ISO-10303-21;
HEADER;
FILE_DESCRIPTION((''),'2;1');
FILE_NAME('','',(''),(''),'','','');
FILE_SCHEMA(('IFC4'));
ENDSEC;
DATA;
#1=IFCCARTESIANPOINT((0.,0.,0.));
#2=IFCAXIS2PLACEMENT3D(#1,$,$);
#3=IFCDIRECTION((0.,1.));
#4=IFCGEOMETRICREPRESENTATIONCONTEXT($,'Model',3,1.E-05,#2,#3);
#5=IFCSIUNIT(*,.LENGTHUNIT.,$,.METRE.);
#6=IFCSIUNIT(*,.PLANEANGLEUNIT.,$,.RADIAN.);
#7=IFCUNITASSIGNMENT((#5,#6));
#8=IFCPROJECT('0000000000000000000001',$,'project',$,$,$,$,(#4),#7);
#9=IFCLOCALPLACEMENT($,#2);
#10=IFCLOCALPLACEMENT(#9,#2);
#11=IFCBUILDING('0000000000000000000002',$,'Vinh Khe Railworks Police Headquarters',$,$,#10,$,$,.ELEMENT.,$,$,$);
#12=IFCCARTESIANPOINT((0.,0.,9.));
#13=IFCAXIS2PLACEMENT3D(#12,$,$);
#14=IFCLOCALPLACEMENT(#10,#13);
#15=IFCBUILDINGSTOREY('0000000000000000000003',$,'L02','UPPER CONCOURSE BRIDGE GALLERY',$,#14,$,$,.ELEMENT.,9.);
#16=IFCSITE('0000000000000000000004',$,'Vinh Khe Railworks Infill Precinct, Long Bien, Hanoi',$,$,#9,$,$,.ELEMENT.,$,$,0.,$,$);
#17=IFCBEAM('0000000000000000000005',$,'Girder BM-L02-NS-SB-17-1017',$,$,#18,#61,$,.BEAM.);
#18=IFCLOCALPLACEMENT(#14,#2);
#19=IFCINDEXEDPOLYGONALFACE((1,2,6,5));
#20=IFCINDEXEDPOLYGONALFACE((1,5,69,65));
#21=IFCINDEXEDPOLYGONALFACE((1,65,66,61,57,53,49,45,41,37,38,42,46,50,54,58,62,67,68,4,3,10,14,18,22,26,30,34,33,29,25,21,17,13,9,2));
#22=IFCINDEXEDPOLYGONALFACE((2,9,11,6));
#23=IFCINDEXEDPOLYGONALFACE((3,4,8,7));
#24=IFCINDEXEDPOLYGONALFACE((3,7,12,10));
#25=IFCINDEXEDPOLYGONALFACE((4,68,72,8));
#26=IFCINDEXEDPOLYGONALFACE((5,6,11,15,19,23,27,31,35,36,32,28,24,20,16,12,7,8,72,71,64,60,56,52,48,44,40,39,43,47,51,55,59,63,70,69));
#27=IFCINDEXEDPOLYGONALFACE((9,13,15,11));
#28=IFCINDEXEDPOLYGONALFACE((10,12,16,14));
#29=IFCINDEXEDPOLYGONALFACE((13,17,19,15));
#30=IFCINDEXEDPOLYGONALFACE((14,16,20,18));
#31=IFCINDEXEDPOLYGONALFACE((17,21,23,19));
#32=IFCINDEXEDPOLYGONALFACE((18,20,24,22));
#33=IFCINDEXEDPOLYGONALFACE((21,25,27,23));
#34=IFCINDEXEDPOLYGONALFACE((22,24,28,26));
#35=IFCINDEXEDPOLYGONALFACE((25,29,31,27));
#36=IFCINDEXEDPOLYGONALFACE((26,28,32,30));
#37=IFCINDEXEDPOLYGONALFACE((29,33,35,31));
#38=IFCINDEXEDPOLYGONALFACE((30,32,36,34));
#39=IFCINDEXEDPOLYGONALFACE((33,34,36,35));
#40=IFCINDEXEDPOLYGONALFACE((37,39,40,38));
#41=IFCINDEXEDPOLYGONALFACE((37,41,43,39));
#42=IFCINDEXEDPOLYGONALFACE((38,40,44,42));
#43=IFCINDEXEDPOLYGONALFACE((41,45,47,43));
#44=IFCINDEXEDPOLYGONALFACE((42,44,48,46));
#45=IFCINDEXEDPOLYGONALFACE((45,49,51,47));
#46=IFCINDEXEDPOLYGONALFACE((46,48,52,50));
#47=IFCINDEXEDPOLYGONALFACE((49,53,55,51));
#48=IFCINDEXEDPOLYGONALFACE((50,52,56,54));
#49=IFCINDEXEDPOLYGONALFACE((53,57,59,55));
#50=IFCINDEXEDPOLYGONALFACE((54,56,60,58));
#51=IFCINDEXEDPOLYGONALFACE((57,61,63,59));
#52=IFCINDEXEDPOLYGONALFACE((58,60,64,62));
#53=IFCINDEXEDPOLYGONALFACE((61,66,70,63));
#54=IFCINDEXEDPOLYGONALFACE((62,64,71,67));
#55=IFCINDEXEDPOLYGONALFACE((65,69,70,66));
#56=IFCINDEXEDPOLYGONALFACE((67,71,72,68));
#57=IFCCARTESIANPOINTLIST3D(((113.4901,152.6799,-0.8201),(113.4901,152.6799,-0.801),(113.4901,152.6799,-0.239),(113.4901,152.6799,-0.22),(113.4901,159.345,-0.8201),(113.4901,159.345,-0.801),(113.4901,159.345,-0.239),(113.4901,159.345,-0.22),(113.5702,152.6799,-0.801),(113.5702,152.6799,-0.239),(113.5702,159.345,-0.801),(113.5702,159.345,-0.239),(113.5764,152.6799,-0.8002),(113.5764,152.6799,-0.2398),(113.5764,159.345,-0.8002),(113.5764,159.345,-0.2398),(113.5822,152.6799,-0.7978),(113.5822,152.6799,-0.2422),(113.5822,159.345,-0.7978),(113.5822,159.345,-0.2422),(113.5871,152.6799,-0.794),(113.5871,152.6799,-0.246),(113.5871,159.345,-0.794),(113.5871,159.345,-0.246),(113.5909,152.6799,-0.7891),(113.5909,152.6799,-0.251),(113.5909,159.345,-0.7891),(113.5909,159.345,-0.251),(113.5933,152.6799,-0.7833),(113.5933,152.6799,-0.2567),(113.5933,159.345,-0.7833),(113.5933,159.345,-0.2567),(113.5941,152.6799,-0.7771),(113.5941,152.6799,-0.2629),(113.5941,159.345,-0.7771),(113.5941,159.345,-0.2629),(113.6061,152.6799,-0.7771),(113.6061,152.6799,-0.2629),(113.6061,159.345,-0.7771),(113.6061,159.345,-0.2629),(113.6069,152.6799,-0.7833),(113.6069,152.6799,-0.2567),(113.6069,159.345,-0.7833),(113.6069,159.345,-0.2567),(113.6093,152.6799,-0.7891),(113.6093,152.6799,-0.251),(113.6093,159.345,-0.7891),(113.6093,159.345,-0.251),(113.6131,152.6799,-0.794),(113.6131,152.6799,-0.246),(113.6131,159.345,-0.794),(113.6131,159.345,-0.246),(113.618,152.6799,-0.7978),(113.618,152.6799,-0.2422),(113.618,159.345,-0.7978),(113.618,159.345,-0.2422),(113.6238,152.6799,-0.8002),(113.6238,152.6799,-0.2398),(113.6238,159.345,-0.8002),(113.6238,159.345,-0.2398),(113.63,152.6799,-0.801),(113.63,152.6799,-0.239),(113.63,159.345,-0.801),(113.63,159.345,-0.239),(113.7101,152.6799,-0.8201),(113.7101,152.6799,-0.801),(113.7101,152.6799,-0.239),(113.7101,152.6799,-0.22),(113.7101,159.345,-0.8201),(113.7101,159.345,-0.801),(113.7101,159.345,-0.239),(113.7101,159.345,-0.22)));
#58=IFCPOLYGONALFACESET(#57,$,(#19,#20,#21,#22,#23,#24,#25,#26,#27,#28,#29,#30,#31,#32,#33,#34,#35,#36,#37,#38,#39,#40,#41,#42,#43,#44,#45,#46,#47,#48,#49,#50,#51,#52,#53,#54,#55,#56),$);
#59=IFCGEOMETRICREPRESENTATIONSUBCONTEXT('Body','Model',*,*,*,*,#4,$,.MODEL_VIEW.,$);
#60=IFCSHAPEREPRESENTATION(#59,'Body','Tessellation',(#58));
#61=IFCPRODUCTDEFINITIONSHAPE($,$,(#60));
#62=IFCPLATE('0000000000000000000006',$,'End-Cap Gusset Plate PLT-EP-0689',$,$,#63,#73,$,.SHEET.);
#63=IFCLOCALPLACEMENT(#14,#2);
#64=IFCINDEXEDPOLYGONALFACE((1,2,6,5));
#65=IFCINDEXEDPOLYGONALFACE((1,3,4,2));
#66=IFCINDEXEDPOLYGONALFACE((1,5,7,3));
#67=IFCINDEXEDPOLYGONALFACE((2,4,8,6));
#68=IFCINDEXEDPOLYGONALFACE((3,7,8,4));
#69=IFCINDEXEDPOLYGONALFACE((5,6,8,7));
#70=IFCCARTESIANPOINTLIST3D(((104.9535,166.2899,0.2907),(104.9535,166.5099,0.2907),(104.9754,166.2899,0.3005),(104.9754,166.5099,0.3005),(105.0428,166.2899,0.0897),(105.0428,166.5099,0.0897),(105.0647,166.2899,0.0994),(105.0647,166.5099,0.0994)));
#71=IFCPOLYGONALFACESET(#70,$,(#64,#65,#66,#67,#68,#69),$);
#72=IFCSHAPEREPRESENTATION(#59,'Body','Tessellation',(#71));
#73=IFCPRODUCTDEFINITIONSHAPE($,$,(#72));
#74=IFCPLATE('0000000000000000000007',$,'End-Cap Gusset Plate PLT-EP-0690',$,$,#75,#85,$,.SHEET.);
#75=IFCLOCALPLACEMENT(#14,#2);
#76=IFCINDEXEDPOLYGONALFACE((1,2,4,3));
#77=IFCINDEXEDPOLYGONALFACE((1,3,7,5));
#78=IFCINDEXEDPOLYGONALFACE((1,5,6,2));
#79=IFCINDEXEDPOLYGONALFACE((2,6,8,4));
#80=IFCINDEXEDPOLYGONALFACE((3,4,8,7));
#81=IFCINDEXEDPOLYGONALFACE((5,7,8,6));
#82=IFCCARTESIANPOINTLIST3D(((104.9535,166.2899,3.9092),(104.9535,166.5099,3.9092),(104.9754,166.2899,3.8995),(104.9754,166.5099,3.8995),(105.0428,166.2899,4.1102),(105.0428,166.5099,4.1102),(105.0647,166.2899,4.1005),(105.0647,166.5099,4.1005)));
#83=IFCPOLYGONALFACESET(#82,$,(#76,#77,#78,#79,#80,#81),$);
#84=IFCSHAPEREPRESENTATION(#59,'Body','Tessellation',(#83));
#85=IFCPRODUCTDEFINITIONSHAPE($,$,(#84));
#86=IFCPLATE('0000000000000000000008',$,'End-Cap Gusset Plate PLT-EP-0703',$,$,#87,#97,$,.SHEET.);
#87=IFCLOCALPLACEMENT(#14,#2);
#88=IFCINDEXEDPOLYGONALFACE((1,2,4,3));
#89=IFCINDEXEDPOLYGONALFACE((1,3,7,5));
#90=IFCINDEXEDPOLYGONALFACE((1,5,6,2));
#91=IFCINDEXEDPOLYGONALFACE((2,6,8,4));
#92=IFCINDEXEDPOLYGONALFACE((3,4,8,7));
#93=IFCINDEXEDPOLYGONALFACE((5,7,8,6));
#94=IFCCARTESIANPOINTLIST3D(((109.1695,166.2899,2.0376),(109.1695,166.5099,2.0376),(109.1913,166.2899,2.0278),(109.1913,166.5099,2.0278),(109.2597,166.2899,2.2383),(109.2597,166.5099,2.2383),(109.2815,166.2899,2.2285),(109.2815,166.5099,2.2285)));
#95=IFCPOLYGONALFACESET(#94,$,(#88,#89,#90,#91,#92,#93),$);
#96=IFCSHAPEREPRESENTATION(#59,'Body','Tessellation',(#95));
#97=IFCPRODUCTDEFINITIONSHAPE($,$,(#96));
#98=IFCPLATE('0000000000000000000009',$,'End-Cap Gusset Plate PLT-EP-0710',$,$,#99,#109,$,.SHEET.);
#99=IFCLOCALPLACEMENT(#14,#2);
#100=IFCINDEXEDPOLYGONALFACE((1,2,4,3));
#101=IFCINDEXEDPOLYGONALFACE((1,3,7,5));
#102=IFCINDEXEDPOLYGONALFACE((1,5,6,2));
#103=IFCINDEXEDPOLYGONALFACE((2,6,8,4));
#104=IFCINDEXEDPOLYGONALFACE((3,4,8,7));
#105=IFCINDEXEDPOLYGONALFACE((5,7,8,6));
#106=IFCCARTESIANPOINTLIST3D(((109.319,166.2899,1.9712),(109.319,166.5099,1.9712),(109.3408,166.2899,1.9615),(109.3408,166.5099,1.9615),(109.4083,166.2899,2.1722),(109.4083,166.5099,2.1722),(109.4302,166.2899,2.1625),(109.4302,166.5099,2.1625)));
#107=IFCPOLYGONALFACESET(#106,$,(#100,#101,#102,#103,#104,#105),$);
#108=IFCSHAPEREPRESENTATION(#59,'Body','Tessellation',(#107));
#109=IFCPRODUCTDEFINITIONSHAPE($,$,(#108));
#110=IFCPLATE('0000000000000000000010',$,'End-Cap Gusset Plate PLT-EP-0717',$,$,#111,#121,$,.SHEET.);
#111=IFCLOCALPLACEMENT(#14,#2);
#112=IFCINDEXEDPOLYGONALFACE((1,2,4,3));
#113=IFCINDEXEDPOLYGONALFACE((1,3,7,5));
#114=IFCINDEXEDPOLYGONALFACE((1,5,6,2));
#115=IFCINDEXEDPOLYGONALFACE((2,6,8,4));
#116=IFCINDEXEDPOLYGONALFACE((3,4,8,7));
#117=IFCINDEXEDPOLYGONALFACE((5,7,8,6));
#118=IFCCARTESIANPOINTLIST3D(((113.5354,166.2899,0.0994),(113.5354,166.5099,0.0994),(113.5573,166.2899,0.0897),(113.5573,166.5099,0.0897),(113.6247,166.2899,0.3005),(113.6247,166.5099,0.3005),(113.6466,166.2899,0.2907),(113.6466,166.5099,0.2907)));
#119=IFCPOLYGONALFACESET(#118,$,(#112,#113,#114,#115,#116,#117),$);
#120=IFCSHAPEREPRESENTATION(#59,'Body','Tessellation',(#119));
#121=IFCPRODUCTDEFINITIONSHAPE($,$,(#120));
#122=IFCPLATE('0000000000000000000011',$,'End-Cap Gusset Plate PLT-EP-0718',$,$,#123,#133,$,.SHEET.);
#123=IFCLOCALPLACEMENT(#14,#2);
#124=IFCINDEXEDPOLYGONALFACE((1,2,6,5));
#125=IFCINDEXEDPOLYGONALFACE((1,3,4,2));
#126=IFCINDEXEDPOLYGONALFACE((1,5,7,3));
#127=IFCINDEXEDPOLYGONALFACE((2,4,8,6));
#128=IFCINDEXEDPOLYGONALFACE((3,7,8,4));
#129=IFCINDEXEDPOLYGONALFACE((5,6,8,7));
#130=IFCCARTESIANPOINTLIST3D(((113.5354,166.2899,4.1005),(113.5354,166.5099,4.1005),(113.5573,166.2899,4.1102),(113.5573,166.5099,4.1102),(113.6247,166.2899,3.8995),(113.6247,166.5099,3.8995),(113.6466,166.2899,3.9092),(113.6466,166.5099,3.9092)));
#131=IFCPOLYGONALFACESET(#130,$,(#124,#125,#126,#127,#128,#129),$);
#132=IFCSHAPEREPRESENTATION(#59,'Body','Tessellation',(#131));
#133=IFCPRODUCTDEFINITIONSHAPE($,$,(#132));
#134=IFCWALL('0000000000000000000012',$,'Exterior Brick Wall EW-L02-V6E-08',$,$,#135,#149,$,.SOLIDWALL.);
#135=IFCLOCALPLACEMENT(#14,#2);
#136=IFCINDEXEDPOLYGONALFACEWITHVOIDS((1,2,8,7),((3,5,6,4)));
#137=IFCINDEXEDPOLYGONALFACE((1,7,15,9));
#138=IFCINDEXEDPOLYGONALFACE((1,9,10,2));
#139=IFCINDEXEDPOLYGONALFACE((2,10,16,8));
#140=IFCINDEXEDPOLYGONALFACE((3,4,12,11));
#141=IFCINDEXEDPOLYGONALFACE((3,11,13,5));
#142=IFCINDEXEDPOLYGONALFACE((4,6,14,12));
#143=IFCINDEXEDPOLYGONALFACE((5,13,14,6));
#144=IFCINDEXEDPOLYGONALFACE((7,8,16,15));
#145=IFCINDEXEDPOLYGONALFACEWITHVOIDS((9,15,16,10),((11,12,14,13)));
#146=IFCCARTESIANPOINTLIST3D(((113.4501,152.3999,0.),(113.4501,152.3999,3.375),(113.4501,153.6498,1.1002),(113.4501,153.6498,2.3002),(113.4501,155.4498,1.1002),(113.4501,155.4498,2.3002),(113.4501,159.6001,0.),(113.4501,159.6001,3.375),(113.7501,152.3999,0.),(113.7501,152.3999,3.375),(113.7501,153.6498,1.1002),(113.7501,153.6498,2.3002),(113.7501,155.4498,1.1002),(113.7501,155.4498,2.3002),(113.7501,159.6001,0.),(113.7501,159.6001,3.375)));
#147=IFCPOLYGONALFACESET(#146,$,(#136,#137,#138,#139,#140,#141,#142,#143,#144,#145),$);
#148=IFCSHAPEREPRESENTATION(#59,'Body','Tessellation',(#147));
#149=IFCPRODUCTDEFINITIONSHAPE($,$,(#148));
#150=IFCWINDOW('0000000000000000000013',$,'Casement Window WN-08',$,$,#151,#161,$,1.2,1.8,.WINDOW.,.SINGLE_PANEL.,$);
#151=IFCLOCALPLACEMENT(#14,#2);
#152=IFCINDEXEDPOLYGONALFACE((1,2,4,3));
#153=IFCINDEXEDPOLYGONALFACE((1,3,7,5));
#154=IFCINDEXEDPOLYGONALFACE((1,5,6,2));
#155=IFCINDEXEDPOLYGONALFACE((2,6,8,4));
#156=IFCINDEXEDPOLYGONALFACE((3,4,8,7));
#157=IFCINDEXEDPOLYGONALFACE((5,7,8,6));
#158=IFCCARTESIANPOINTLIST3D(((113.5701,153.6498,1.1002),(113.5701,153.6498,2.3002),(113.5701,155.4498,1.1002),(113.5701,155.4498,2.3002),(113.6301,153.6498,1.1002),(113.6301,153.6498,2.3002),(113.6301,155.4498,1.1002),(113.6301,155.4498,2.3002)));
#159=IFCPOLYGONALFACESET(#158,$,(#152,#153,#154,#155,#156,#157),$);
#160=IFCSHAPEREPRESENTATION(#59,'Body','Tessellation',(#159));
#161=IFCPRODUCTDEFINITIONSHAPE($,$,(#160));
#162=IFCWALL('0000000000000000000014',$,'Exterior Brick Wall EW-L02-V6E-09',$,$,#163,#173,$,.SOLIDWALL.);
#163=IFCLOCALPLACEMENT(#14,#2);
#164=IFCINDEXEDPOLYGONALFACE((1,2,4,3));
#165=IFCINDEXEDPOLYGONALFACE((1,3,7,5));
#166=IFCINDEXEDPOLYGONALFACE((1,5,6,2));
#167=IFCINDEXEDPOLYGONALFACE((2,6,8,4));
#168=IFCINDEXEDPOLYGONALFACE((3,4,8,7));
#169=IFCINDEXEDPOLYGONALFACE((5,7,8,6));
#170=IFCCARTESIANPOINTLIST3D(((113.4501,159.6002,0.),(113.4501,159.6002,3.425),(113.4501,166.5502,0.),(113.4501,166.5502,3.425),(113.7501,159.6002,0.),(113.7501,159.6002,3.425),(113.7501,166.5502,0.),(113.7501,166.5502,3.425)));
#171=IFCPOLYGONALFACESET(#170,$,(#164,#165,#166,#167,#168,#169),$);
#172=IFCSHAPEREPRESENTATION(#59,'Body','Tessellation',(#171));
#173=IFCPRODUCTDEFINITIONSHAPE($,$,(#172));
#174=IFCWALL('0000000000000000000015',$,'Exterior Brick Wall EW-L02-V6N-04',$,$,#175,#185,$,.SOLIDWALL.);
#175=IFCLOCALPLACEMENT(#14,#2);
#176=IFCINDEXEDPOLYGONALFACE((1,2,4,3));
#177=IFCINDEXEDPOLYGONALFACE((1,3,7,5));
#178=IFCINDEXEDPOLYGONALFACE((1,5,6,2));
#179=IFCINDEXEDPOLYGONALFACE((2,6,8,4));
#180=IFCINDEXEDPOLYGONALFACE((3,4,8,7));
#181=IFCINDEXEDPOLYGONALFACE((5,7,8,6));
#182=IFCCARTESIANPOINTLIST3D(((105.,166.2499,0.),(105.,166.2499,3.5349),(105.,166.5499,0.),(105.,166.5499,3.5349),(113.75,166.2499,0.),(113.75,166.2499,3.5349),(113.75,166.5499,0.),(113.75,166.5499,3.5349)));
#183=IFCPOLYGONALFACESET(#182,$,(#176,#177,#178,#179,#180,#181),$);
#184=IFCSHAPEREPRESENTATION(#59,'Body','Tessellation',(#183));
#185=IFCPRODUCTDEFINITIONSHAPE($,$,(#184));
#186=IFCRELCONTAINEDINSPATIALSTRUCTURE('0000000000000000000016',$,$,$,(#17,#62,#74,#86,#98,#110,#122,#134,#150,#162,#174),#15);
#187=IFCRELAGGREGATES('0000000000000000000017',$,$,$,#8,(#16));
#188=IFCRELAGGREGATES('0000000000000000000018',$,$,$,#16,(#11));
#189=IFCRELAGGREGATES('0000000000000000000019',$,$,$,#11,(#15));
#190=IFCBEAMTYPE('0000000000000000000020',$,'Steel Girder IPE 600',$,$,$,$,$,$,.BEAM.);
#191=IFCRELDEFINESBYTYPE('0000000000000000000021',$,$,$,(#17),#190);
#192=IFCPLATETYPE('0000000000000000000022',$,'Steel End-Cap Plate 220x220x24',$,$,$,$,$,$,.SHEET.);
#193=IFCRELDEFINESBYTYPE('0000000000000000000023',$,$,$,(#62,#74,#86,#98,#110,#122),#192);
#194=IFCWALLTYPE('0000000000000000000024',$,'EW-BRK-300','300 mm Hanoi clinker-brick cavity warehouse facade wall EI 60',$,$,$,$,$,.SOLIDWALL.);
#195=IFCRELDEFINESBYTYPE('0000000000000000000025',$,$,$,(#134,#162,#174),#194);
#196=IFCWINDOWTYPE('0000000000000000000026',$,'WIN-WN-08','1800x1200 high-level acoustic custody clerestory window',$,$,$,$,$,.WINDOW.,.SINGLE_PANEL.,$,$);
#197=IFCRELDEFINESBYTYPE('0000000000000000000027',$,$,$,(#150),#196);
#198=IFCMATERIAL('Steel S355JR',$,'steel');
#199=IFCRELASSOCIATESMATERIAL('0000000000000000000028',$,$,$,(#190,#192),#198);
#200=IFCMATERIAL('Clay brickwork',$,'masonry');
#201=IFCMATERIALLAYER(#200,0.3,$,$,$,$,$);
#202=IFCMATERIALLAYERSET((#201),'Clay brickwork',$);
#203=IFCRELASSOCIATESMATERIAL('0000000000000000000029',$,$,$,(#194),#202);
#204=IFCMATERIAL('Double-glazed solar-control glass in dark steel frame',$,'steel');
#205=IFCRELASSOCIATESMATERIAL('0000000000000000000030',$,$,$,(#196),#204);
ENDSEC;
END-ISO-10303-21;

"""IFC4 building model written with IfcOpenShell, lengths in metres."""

from ifc_helpers import new_model, si_unit, direction, frame, frame_2d, origin, origin_2d, place, context, subcontext, project, spatial, rectangle, i_section, extrude, material, layer, layer_set, material_profile, profile_set, type_object, element, fill, save


model = new_model("IFC4")

# Units and contexts
model_context = context("Model", 3, precision=1e-05, world=origin(), true_north=direction((0.0, 1.0)))
body_context = subcontext(model_context, "Body", "Model", "MODEL_VIEW")
ifc_project = project(units=[si_unit("LENGTHUNIT", "METRE"), si_unit("PLANEANGLEUNIT", "RADIAN")], contexts=[model_context])

# Site, building, storey
site_placement = place(None, origin())
site = spatial("IfcSite", under=ifc_project, at=site_placement, Name="Vinh Khe Railworks Infill Precinct, Long Bien, Hanoi", CompositionType="ELEMENT", RefElevation=0.0)
building_placement = place(site_placement, origin())
building = spatial("IfcBuilding", under=site, at=building_placement, Name="Vinh Khe Railworks Police Headquarters", CompositionType="ELEMENT")
storey_placement = place(building_placement, frame((0.0, 0.0, 9.0)))
storey = spatial("IfcBuildingStorey", under=building, at=storey_placement, Name="L02", Description="UPPER CONCOURSE BRIDGE GALLERY", CompositionType="ELEMENT", Elevation=9.0)

# Shared definitions
ifc_material_1 = material(Name="Steel S355JR", Category="steel")

# Beam
ifc_material_profile_1 = material_profile(ifc_material_1, i_section(OverallWidth=0.22, OverallDepth=0.6001, WebThickness=0.012, FlangeThickness=0.019, FilletRadius=0.0239, at=origin_2d()), Name="IPE 600")
ifc_profile_set_1 = profile_set([ifc_material_profile_1], Name="Steel S355JR")
beam_type_1 = type_object("IfcBeamType", Name="Steel Girder IPE 600", PredefinedType="BEAM", material=ifc_profile_set_1)
beam_1_placement = place(storey_placement, frame((113.6001, 152.6799, -0.52), z_axis=(0.0, 1.0, 0.0), x_axis=(-1.0, 0.0, 0.0)))
element("IfcBeam", 1, at=beam_1_placement, inside=storey, type_object=beam_type_1, Name="Girder BM-L02-NS-SB-17-1017", PredefinedType="BEAM", context=body_context, shape_type="SweptSolid", body=[
    extrude(i_section(OverallWidth=0.22, OverallDepth=0.6001, WebThickness=0.012, FlangeThickness=0.019, FilletRadius=0.0239, at=origin_2d()), origin(), (0.0, 0.0, 1.0), 6.665),
])

# Plates
ifc_material_profile_2 = material_profile(ifc_material_1, rectangle(XDim=0.22, YDim=0.22, at=origin_2d()), Name="PL 220x220")
ifc_profile_set_2 = profile_set([ifc_material_profile_2], Name="Steel S355JR")
plate_type = type_object("IfcPlateType", Name="Steel End-Cap Plate 220x220x24", PredefinedType="SHEET", material=ifc_profile_set_2)
for number, where, z_axis, x_axis, name in (
    (2, (105.02, 166.3999, 0.2), (-0.913812, 0.0, -0.406138), (0.0, -1.0, 0.0), "End-Cap Gusset Plate PLT-EP-0689"),
    (3, (105.02, 166.3999, 4.0), (-0.913812, 0.0, 0.406138), (0.0, -1.0, 0.0), "End-Cap Gusset Plate PLT-EP-0690"),
    (4, (109.2146, 166.3999, 2.1379), (0.912113, 0.0, -0.409939), (0.0, 1.0, 0.0), "End-Cap Gusset Plate PLT-EP-0703"),
    (5, (109.3855, 166.3999, 2.062), (-0.913812, 0.0, 0.406138), (0.0, -1.0, 0.0), "End-Cap Gusset Plate PLT-EP-0710"),
    (6, (113.5801, 166.3999, 0.2), (0.913812, 0.0, -0.406138), (0.0, 1.0, 0.0), "End-Cap Gusset Plate PLT-EP-0717"),
    (7, (113.5801, 166.3999, 4.0), (0.913812, 0.0, 0.406138), (0.0, 1.0, 0.0), "End-Cap Gusset Plate PLT-EP-0718"),
):
    element("IfcPlate", number, at=place(storey_placement, frame(where, z_axis=z_axis, x_axis=x_axis)), inside=storey, type_object=plate_type, Name=name, PredefinedType="SHEET", context=body_context, shape_type="SweptSolid", body=[
        extrude(rectangle(XDim=0.22, YDim=0.22, at=origin_2d()), origin(), (0.0, 0.0, 1.0), 0.0239),
    ])

# Wall, opening, window
ifc_material_2 = material(Name="Clay brickwork", Category="masonry")
ifc_layer = layer(ifc_material_2, 0.3)
ifc_layer_set = layer_set([ifc_layer], Name="Clay brickwork")
wall_type = type_object("IfcWallType", Name="EW-BRK-300", Description="300 mm Hanoi clinker-brick cavity warehouse facade wall EI 60", PredefinedType="SOLIDWALL", material=ifc_layer_set)
wall_1_placement = place(storey_placement, frame((113.6001, 152.3999, 0.0), z_axis=(0.0, 0.0, 1.0), x_axis=(0.0, 1.0, 0.0)))
wall_1 = element("IfcWall", 8, at=wall_1_placement, inside=storey, type_object=wall_type, Name="Exterior Brick Wall EW-L02-V6E-08", PredefinedType="SOLIDWALL", context=body_context, shape_type="SweptSolid", body=[
    extrude(rectangle(XDim=7.2002, YDim=0.3, at=frame_2d((3.6001, 0.0))), origin(), (0.0, 0.0, 1.0), 3.375),
])
opening_placement = place(wall_1_placement, frame((1.25, 0.0, 1.1001)))
opening = element("IfcOpeningElement", 9, at=opening_placement, cuts=wall_1, PredefinedType="OPENING", context=body_context, shape_type="SweptSolid", body=[
    extrude(rectangle(XDim=1.8, YDim=1.2, at=frame_2d((0.8999, 0.6001))), frame((0.0, 0.165, 0.0), z_axis=(0.0, -1.0, 0.0), x_axis=(1.0, 0.0, 0.0)), (0.0, 0.0, 1.0), 0.3298),
])
ifc_material_3 = material(Name="Double-glazed solar-control glass in dark steel frame", Category="steel")
window_type = type_object("IfcWindowType", Name="WIN-WN-08", Description="1800x1200 high-level acoustic custody clerestory window", PartitioningType="SINGLE_PANEL", PredefinedType="WINDOW", material=ifc_material_3)
window_placement = place(opening_placement, origin())
window = element("IfcWindow", 10, at=window_placement, inside=storey, type_object=window_type, Name="Casement Window WN-08", OverallHeight=1.2, OverallWidth=1.8, PartitioningType="SINGLE_PANEL", PredefinedType="WINDOW", context=body_context, shape_type="SweptSolid", body=[
    extrude(rectangle(XDim=1.8, YDim=1.2, at=frame_2d((0.8999, 0.6001))), frame((0.0, 0.03, 0.0), z_axis=(0.0, -1.0, 0.0), x_axis=(1.0, 0.0, 0.0)), (0.0, 0.0, 1.0), 0.0601),
])
fill(opening, window)

# Walls
wall_2_placement = place(storey_placement, frame((113.6001, 159.6001, 0.0), z_axis=(0.0, 0.0, 1.0), x_axis=(0.0, 1.0, 0.0)))
element("IfcWall", 11, at=wall_2_placement, inside=storey, type_object=wall_type, Name="Exterior Brick Wall EW-L02-V6E-09", PredefinedType="SOLIDWALL", context=body_context, shape_type="SweptSolid", body=[
    extrude(rectangle(XDim=6.95, YDim=0.3, at=frame_2d((3.4751, 0.0))), origin(), (0.0, 0.0, 1.0), 3.425),
])
wall_3_placement = place(storey_placement, frame((105.0, 166.3999, 0.0), z_axis=(0.0, 0.0, 1.0), x_axis=(1.0, 0.0, 0.0)))
element("IfcWall", 12, at=wall_3_placement, inside=storey, type_object=wall_type, Name="Exterior Brick Wall EW-L02-V6N-04", PredefinedType="SOLIDWALL", context=body_context, shape_type="SweptSolid", body=[
    extrude(rectangle(XDim=8.75, YDim=0.3, at=frame_2d((4.375, 0.0))), origin(), (0.0, 0.0, 1.0), 3.5349),
])

save(model, "model.ifc")
